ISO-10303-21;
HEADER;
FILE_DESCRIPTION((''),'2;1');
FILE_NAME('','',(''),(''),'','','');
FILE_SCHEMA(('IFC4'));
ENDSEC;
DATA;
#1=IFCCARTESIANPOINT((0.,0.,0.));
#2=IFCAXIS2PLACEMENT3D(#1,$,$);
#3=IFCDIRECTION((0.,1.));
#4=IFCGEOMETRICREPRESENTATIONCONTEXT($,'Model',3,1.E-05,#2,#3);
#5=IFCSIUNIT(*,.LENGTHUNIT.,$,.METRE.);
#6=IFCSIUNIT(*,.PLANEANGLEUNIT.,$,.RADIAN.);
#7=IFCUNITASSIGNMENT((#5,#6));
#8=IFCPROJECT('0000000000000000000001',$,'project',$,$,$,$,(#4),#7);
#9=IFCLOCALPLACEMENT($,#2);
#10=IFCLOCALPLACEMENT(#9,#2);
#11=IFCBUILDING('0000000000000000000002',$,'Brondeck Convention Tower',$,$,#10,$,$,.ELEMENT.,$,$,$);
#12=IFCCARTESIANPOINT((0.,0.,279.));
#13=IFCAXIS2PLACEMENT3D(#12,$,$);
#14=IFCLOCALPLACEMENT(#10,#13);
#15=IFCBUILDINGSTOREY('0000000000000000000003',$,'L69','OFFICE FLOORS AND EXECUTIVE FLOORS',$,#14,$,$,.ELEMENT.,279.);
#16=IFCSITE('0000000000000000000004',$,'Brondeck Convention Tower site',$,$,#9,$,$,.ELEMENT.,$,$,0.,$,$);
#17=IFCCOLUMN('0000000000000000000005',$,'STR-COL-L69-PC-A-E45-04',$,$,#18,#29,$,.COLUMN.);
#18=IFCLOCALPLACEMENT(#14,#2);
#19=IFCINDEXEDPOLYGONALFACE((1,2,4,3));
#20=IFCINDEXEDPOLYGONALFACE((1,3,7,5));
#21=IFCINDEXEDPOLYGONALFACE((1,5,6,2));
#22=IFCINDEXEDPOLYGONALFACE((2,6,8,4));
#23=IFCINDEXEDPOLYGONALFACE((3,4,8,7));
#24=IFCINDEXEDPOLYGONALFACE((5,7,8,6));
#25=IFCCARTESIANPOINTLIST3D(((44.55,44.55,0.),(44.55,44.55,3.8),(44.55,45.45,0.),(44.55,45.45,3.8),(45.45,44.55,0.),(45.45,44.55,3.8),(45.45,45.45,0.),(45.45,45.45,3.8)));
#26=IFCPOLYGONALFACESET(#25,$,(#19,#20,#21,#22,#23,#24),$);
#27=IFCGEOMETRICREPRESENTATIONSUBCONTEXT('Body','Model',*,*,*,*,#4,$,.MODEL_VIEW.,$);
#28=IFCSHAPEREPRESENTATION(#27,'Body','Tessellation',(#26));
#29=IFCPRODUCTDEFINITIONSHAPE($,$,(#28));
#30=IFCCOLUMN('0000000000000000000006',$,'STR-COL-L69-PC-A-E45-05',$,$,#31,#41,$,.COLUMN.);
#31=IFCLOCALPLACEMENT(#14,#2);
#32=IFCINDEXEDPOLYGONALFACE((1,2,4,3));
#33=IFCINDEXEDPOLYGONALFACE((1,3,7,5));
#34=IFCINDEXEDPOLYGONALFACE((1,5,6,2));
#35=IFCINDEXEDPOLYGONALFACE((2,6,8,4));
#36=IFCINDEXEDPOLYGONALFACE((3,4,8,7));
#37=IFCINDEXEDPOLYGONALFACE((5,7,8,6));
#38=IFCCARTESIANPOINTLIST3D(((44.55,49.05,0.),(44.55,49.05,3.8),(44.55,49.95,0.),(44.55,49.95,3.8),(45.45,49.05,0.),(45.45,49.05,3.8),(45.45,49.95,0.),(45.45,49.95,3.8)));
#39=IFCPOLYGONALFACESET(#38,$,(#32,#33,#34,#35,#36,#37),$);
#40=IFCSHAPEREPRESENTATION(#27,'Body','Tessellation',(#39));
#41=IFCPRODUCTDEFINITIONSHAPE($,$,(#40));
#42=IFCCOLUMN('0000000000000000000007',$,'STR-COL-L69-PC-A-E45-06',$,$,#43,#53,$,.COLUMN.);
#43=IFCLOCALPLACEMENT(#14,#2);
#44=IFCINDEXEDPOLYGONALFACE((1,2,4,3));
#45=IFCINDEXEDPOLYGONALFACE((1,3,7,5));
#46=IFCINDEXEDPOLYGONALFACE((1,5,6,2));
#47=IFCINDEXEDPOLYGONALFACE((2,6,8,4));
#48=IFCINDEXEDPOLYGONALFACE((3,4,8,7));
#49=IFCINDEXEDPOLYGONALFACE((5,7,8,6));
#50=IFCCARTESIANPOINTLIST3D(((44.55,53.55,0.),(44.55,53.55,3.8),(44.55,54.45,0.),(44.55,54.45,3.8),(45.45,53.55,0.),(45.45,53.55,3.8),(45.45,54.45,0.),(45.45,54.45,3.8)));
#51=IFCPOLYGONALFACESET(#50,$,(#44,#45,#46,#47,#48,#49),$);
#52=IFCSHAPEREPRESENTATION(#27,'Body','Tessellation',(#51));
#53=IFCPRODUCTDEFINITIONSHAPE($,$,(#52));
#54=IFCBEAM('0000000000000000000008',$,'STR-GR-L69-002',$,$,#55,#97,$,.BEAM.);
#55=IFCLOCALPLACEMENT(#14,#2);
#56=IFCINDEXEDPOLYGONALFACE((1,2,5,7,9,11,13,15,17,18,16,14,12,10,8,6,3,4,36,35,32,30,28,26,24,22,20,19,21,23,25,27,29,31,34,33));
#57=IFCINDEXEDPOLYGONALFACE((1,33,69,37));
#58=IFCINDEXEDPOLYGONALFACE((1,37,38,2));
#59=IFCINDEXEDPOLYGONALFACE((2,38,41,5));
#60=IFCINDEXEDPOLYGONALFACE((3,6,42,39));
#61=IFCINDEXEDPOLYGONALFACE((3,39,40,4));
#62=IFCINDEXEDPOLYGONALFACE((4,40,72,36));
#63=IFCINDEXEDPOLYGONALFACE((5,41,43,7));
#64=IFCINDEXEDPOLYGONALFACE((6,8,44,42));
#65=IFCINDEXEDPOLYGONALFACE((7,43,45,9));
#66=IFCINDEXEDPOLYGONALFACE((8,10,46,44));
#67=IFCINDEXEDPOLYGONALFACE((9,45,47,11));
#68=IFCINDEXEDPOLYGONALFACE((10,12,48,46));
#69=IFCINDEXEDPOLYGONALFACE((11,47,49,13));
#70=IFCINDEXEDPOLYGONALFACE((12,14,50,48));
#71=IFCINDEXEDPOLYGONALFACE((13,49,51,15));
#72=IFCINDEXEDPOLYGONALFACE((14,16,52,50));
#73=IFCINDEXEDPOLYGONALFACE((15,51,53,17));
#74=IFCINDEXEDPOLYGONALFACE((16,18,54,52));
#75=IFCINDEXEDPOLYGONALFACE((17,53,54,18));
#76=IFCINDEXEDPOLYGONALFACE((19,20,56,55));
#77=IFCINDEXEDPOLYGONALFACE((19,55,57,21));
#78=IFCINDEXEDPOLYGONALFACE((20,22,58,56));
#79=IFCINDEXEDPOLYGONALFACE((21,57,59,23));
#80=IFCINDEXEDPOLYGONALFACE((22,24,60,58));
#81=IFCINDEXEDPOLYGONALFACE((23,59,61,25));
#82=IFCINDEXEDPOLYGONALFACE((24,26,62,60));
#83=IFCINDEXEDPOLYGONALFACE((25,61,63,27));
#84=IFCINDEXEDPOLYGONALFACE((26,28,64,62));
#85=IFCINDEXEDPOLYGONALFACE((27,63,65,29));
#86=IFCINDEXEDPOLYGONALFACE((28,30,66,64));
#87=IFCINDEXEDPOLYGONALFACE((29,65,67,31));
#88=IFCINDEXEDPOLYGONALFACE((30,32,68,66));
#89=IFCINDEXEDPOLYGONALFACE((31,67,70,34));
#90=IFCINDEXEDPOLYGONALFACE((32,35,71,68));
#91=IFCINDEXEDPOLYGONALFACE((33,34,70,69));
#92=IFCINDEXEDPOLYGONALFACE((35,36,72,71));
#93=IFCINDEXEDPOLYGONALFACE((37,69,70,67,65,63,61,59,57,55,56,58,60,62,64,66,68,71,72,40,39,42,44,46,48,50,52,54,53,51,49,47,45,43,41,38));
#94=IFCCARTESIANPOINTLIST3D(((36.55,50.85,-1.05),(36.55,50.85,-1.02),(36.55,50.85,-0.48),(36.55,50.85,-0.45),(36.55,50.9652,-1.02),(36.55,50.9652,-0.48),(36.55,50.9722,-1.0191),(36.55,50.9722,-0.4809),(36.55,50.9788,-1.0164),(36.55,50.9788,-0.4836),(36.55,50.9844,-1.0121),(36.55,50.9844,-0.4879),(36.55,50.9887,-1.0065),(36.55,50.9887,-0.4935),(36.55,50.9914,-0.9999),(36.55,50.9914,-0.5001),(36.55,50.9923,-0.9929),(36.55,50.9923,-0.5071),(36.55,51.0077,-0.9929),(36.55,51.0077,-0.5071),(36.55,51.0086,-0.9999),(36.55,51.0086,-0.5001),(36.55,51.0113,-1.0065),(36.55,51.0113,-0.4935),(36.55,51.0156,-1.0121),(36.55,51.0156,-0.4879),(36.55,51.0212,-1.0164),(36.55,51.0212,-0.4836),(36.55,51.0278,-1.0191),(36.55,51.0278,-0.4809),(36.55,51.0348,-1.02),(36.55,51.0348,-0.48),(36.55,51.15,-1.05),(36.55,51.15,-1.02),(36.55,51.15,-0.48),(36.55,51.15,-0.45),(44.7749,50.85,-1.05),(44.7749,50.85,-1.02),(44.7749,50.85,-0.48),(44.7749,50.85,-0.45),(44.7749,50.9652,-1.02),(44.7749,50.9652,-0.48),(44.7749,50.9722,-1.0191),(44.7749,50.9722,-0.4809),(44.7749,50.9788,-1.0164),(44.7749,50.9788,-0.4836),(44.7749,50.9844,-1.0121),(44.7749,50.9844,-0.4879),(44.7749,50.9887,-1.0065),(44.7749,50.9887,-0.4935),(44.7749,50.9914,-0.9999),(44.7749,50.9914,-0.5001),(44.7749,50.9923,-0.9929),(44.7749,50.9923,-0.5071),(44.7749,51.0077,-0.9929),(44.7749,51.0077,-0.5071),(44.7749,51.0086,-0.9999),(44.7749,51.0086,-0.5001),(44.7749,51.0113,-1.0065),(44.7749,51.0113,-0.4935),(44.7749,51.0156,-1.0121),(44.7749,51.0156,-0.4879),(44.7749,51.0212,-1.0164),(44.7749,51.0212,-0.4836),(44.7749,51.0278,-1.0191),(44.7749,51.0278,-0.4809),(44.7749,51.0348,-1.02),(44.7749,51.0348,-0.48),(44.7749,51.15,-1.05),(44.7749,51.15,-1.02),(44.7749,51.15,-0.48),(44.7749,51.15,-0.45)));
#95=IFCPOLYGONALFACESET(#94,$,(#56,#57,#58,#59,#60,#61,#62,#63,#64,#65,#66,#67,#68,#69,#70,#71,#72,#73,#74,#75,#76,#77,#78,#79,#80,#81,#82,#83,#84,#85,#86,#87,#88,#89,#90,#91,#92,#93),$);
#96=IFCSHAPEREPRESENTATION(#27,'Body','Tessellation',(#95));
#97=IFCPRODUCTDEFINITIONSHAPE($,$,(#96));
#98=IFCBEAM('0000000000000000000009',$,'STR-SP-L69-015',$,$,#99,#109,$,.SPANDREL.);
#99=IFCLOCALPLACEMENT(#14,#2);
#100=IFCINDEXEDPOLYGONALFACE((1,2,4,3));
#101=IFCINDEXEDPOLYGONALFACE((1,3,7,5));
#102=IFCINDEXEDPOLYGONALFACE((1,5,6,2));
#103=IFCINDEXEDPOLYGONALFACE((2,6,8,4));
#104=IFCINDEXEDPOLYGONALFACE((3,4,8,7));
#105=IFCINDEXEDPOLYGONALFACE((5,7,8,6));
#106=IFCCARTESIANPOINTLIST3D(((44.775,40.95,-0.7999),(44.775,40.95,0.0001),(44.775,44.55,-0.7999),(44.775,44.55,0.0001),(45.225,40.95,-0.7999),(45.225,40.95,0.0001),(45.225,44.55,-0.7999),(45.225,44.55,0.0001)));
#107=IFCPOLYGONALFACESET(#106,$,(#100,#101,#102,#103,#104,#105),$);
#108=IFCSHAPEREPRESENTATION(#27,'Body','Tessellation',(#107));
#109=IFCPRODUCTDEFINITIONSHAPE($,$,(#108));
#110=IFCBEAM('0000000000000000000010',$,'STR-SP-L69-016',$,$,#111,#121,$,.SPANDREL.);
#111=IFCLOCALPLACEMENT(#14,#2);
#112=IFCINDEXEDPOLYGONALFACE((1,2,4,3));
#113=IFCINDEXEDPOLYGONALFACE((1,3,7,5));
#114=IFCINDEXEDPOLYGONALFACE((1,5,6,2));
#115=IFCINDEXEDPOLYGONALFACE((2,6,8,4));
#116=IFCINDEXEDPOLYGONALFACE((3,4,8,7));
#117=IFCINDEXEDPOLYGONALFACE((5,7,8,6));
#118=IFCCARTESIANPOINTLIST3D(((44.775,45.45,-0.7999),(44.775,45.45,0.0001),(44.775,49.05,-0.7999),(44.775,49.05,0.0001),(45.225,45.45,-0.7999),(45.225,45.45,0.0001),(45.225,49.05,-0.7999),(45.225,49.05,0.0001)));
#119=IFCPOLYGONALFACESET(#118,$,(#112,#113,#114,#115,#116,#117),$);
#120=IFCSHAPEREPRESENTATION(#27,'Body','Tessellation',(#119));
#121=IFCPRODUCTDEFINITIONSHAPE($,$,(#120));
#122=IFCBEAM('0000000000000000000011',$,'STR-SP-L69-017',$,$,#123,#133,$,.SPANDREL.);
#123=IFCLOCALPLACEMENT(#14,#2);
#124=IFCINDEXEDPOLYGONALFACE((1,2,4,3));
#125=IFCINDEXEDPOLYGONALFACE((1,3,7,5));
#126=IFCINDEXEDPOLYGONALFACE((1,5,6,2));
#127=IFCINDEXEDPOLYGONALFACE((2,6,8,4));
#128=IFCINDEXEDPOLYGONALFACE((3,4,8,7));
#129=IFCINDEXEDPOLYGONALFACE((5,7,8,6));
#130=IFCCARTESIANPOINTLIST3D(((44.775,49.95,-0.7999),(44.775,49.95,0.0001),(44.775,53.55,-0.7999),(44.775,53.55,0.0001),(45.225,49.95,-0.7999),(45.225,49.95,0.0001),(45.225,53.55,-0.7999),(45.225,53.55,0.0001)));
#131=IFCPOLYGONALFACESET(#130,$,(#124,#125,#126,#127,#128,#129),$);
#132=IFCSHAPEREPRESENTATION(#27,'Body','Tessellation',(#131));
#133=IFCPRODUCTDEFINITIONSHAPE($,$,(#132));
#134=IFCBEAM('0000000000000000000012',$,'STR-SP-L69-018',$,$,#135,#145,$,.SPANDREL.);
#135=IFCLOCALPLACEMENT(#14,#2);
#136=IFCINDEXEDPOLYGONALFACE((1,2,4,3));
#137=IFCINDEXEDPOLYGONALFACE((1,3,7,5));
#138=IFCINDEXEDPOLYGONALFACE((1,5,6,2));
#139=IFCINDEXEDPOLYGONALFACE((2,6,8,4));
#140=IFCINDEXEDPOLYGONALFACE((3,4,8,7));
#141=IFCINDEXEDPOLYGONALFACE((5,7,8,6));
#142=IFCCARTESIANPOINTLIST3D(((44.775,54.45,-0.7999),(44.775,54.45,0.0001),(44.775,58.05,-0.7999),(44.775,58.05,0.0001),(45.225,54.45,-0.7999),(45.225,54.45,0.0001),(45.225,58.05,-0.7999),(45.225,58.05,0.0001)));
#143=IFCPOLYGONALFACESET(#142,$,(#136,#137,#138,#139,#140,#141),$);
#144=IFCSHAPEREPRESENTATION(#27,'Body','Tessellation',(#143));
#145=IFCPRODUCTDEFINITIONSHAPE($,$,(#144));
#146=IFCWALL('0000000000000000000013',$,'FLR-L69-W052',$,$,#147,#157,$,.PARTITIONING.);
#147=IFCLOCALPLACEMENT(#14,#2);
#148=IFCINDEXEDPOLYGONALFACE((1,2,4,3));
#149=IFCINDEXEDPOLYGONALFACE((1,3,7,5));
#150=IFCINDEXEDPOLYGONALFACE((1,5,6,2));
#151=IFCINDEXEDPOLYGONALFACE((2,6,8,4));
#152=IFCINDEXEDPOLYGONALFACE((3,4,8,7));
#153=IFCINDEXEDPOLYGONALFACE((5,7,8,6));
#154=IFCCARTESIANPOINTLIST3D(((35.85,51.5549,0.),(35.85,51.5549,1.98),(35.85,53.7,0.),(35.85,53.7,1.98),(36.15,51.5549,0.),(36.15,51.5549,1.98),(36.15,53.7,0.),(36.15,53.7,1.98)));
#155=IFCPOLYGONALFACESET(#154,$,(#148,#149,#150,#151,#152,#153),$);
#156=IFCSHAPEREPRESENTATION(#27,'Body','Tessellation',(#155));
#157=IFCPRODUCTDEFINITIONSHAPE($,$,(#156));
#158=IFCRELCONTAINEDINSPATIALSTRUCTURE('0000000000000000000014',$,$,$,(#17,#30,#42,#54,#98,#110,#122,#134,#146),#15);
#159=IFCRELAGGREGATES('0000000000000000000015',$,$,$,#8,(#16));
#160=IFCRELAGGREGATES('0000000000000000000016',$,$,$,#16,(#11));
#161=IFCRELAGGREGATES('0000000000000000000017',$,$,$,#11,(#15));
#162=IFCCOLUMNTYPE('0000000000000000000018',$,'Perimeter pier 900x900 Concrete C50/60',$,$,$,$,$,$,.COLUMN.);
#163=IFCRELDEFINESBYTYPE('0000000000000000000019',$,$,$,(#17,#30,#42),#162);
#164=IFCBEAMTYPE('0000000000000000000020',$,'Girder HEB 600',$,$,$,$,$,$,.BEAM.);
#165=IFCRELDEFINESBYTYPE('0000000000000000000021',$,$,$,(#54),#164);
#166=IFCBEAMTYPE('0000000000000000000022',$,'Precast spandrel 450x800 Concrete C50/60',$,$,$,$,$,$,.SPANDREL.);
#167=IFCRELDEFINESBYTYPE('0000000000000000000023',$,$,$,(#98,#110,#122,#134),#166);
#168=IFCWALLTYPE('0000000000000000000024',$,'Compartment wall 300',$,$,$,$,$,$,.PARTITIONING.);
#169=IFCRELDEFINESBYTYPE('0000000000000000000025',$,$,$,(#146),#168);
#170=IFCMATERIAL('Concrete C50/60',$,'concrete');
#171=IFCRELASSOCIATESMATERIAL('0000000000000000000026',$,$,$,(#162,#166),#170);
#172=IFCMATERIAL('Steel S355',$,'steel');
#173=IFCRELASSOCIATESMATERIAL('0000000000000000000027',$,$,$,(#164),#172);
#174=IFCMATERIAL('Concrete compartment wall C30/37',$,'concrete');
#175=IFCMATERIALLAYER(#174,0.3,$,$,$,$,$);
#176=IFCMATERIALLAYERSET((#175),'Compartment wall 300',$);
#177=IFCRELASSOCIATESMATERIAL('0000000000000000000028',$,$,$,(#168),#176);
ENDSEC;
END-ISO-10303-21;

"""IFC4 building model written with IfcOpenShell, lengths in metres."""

from ifc_helpers import new_model, si_unit, direction, frame, frame_2d, origin, origin_2d, place, context, subcontext, project, spatial, rectangle, i_section, extrude, material, layer, layer_set, material_profile, profile_set, type_object, element, save


model = new_model("IFC4")

# Units and contexts
model_context = context("Model", 3, precision=1e-05, world=origin(), true_north=direction((0.0, 1.0)))
body_context = subcontext(model_context, "Body", "Model", "MODEL_VIEW")
ifc_project = project(units=[si_unit("LENGTHUNIT", "METRE"), si_unit("PLANEANGLEUNIT", "RADIAN")], contexts=[model_context])

# Site, building, storey
site_placement = place(None, origin())
site = spatial("IfcSite", under=ifc_project, at=site_placement, Name="Brondeck Convention Tower site", CompositionType="ELEMENT", RefElevation=0.0)
building_placement = place(site_placement, origin())
building = spatial("IfcBuilding", under=site, at=building_placement, Name="Brondeck Convention Tower", CompositionType="ELEMENT")
storey_placement = place(building_placement, frame((0.0, 0.0, 279.0)))
storey = spatial("IfcBuildingStorey", under=building, at=storey_placement, Name="L69", Description="OFFICE FLOORS AND EXECUTIVE FLOORS", CompositionType="ELEMENT", Elevation=279.0)

# Columns
ifc_material_1 = material(Name="Concrete C50/60", Category="concrete")
ifc_material_profile_1 = material_profile(ifc_material_1, rectangle(XDim=0.8999, YDim=0.8999, at=origin_2d()), Name="Perimeter pier 900x900 Concrete C50/60")
ifc_profile_set_1 = profile_set([ifc_material_profile_1], Name="Concrete C50/60")
column_type = type_object("IfcColumnType", Name="Perimeter pier 900x900 Concrete C50/60", PredefinedType="COLUMN", material=ifc_profile_set_1)
for number, where, z_axis, x_axis, name in (
    (1, (45.0, 45.0, 0.0), (0.0, 0.0, 1.0), (0.0, 1.0, 0.0), "STR-COL-L69-PC-A-E45-04"),
    (2, (45.0, 49.5, 0.0), (0.0, 0.0, 1.0), (0.0, 1.0, 0.0), "STR-COL-L69-PC-A-E45-05"),
    (3, (45.0, 54.0, 0.0), (0.0, 0.0, 1.0), (0.0, 1.0, 0.0), "STR-COL-L69-PC-A-E45-06"),
):
    element("IfcColumn", number, at=place(storey_placement, frame(where, z_axis=z_axis, x_axis=x_axis)), inside=storey, type_object=column_type, Name=name, PredefinedType="COLUMN", context=body_context, shape_type="SweptSolid", body=[
        extrude(rectangle(XDim=0.8999, YDim=0.8999, at=origin_2d()), origin(), (0.0, 0.0, 1.0), 3.8),
    ])

# Beams
ifc_material_2 = material(Name="Steel S355", Category="steel")
ifc_material_profile_2 = material_profile(ifc_material_2, i_section(OverallWidth=0.3, OverallDepth=0.6001, WebThickness=0.0154, FlangeThickness=0.03, FilletRadius=0.0271, at=origin_2d()), Name="HEB 600")
ifc_profile_set_2 = profile_set([ifc_material_profile_2], Name="Steel S355")
beam_type_1 = type_object("IfcBeamType", Name="Girder HEB 600", PredefinedType="BEAM", material=ifc_profile_set_2)
beam_placement = place(storey_placement, frame((36.55, 51.0, -0.75), z_axis=(1.0, 0.0, 0.0), x_axis=(0.0, 1.0, 0.0)))
element("IfcBeam", 4, at=beam_placement, inside=storey, type_object=beam_type_1, Name="STR-GR-L69-002", PredefinedType="BEAM", context=body_context, shape_type="SweptSolid", body=[
    extrude(i_section(OverallWidth=0.3, OverallDepth=0.6001, WebThickness=0.0154, FlangeThickness=0.03, FilletRadius=0.0271, at=origin_2d()), origin(), (0.0, 0.0, 1.0), 8.2249),
])
ifc_material_profile_3 = material_profile(ifc_material_1, rectangle(XDim=0.45, YDim=0.8, at=origin_2d()), Name="Precast spandrel 450x800 Concrete C50/60")
ifc_profile_set_3 = profile_set([ifc_material_profile_3], Name="Concrete C50/60")
beam_type_2 = type_object("IfcBeamType", Name="Precast spandrel 450x800 Concrete C50/60", PredefinedType="SPANDREL", material=ifc_profile_set_3)
for number, where, z_axis, x_axis, name in (
    (5, (45.0, 40.95, -0.3999), (0.0, 1.0, 0.0), (-1.0, 0.0, 0.0), "STR-SP-L69-015"),
    (6, (45.0, 45.45, -0.3999), (0.0, 1.0, 0.0), (-1.0, 0.0, 0.0), "STR-SP-L69-016"),
    (7, (45.0, 49.95, -0.3999), (0.0, 1.0, 0.0), (-1.0, 0.0, 0.0), "STR-SP-L69-017"),
    (8, (45.0, 54.45, -0.3999), (0.0, 1.0, 0.0), (-1.0, 0.0, 0.0), "STR-SP-L69-018"),
):
    element("IfcBeam", number, at=place(storey_placement, frame(where, z_axis=z_axis, x_axis=x_axis)), inside=storey, type_object=beam_type_2, Name=name, PredefinedType="SPANDREL", context=body_context, shape_type="SweptSolid", body=[
        extrude(rectangle(XDim=0.45, YDim=0.8, at=origin_2d()), origin(), (0.0, 0.0, 1.0), 3.6001),
    ])

# Wall
ifc_material_3 = material(Name="Concrete compartment wall C30/37", Category="concrete")
ifc_layer_1 = layer(ifc_material_3, 0.3)
ifc_layer_set_1 = layer_set([ifc_layer_1], Name="Compartment wall 300")
wall_type_1 = type_object("IfcWallType", Name="Compartment wall 300", PredefinedType="PARTITIONING", material=ifc_layer_set_1)
wall_1_placement = place(storey_placement, frame((36.0, 51.5549, 0.0), z_axis=(0.0, 0.0, 1.0), x_axis=(0.0, 1.0, 0.0)))
element("IfcWall", 9, at=wall_1_placement, inside=storey, type_object=wall_type_1, Name="FLR-L69-W052", PredefinedType="PARTITIONING", context=body_context, shape_type="SweptSolid", body=[
    extrude(rectangle(XDim=2.145, YDim=0.3, at=frame_2d((1.0725, 0.0))), origin(), (0.0, 0.0, 1.0), 1.98),
])

save(model, "model.ifc")
